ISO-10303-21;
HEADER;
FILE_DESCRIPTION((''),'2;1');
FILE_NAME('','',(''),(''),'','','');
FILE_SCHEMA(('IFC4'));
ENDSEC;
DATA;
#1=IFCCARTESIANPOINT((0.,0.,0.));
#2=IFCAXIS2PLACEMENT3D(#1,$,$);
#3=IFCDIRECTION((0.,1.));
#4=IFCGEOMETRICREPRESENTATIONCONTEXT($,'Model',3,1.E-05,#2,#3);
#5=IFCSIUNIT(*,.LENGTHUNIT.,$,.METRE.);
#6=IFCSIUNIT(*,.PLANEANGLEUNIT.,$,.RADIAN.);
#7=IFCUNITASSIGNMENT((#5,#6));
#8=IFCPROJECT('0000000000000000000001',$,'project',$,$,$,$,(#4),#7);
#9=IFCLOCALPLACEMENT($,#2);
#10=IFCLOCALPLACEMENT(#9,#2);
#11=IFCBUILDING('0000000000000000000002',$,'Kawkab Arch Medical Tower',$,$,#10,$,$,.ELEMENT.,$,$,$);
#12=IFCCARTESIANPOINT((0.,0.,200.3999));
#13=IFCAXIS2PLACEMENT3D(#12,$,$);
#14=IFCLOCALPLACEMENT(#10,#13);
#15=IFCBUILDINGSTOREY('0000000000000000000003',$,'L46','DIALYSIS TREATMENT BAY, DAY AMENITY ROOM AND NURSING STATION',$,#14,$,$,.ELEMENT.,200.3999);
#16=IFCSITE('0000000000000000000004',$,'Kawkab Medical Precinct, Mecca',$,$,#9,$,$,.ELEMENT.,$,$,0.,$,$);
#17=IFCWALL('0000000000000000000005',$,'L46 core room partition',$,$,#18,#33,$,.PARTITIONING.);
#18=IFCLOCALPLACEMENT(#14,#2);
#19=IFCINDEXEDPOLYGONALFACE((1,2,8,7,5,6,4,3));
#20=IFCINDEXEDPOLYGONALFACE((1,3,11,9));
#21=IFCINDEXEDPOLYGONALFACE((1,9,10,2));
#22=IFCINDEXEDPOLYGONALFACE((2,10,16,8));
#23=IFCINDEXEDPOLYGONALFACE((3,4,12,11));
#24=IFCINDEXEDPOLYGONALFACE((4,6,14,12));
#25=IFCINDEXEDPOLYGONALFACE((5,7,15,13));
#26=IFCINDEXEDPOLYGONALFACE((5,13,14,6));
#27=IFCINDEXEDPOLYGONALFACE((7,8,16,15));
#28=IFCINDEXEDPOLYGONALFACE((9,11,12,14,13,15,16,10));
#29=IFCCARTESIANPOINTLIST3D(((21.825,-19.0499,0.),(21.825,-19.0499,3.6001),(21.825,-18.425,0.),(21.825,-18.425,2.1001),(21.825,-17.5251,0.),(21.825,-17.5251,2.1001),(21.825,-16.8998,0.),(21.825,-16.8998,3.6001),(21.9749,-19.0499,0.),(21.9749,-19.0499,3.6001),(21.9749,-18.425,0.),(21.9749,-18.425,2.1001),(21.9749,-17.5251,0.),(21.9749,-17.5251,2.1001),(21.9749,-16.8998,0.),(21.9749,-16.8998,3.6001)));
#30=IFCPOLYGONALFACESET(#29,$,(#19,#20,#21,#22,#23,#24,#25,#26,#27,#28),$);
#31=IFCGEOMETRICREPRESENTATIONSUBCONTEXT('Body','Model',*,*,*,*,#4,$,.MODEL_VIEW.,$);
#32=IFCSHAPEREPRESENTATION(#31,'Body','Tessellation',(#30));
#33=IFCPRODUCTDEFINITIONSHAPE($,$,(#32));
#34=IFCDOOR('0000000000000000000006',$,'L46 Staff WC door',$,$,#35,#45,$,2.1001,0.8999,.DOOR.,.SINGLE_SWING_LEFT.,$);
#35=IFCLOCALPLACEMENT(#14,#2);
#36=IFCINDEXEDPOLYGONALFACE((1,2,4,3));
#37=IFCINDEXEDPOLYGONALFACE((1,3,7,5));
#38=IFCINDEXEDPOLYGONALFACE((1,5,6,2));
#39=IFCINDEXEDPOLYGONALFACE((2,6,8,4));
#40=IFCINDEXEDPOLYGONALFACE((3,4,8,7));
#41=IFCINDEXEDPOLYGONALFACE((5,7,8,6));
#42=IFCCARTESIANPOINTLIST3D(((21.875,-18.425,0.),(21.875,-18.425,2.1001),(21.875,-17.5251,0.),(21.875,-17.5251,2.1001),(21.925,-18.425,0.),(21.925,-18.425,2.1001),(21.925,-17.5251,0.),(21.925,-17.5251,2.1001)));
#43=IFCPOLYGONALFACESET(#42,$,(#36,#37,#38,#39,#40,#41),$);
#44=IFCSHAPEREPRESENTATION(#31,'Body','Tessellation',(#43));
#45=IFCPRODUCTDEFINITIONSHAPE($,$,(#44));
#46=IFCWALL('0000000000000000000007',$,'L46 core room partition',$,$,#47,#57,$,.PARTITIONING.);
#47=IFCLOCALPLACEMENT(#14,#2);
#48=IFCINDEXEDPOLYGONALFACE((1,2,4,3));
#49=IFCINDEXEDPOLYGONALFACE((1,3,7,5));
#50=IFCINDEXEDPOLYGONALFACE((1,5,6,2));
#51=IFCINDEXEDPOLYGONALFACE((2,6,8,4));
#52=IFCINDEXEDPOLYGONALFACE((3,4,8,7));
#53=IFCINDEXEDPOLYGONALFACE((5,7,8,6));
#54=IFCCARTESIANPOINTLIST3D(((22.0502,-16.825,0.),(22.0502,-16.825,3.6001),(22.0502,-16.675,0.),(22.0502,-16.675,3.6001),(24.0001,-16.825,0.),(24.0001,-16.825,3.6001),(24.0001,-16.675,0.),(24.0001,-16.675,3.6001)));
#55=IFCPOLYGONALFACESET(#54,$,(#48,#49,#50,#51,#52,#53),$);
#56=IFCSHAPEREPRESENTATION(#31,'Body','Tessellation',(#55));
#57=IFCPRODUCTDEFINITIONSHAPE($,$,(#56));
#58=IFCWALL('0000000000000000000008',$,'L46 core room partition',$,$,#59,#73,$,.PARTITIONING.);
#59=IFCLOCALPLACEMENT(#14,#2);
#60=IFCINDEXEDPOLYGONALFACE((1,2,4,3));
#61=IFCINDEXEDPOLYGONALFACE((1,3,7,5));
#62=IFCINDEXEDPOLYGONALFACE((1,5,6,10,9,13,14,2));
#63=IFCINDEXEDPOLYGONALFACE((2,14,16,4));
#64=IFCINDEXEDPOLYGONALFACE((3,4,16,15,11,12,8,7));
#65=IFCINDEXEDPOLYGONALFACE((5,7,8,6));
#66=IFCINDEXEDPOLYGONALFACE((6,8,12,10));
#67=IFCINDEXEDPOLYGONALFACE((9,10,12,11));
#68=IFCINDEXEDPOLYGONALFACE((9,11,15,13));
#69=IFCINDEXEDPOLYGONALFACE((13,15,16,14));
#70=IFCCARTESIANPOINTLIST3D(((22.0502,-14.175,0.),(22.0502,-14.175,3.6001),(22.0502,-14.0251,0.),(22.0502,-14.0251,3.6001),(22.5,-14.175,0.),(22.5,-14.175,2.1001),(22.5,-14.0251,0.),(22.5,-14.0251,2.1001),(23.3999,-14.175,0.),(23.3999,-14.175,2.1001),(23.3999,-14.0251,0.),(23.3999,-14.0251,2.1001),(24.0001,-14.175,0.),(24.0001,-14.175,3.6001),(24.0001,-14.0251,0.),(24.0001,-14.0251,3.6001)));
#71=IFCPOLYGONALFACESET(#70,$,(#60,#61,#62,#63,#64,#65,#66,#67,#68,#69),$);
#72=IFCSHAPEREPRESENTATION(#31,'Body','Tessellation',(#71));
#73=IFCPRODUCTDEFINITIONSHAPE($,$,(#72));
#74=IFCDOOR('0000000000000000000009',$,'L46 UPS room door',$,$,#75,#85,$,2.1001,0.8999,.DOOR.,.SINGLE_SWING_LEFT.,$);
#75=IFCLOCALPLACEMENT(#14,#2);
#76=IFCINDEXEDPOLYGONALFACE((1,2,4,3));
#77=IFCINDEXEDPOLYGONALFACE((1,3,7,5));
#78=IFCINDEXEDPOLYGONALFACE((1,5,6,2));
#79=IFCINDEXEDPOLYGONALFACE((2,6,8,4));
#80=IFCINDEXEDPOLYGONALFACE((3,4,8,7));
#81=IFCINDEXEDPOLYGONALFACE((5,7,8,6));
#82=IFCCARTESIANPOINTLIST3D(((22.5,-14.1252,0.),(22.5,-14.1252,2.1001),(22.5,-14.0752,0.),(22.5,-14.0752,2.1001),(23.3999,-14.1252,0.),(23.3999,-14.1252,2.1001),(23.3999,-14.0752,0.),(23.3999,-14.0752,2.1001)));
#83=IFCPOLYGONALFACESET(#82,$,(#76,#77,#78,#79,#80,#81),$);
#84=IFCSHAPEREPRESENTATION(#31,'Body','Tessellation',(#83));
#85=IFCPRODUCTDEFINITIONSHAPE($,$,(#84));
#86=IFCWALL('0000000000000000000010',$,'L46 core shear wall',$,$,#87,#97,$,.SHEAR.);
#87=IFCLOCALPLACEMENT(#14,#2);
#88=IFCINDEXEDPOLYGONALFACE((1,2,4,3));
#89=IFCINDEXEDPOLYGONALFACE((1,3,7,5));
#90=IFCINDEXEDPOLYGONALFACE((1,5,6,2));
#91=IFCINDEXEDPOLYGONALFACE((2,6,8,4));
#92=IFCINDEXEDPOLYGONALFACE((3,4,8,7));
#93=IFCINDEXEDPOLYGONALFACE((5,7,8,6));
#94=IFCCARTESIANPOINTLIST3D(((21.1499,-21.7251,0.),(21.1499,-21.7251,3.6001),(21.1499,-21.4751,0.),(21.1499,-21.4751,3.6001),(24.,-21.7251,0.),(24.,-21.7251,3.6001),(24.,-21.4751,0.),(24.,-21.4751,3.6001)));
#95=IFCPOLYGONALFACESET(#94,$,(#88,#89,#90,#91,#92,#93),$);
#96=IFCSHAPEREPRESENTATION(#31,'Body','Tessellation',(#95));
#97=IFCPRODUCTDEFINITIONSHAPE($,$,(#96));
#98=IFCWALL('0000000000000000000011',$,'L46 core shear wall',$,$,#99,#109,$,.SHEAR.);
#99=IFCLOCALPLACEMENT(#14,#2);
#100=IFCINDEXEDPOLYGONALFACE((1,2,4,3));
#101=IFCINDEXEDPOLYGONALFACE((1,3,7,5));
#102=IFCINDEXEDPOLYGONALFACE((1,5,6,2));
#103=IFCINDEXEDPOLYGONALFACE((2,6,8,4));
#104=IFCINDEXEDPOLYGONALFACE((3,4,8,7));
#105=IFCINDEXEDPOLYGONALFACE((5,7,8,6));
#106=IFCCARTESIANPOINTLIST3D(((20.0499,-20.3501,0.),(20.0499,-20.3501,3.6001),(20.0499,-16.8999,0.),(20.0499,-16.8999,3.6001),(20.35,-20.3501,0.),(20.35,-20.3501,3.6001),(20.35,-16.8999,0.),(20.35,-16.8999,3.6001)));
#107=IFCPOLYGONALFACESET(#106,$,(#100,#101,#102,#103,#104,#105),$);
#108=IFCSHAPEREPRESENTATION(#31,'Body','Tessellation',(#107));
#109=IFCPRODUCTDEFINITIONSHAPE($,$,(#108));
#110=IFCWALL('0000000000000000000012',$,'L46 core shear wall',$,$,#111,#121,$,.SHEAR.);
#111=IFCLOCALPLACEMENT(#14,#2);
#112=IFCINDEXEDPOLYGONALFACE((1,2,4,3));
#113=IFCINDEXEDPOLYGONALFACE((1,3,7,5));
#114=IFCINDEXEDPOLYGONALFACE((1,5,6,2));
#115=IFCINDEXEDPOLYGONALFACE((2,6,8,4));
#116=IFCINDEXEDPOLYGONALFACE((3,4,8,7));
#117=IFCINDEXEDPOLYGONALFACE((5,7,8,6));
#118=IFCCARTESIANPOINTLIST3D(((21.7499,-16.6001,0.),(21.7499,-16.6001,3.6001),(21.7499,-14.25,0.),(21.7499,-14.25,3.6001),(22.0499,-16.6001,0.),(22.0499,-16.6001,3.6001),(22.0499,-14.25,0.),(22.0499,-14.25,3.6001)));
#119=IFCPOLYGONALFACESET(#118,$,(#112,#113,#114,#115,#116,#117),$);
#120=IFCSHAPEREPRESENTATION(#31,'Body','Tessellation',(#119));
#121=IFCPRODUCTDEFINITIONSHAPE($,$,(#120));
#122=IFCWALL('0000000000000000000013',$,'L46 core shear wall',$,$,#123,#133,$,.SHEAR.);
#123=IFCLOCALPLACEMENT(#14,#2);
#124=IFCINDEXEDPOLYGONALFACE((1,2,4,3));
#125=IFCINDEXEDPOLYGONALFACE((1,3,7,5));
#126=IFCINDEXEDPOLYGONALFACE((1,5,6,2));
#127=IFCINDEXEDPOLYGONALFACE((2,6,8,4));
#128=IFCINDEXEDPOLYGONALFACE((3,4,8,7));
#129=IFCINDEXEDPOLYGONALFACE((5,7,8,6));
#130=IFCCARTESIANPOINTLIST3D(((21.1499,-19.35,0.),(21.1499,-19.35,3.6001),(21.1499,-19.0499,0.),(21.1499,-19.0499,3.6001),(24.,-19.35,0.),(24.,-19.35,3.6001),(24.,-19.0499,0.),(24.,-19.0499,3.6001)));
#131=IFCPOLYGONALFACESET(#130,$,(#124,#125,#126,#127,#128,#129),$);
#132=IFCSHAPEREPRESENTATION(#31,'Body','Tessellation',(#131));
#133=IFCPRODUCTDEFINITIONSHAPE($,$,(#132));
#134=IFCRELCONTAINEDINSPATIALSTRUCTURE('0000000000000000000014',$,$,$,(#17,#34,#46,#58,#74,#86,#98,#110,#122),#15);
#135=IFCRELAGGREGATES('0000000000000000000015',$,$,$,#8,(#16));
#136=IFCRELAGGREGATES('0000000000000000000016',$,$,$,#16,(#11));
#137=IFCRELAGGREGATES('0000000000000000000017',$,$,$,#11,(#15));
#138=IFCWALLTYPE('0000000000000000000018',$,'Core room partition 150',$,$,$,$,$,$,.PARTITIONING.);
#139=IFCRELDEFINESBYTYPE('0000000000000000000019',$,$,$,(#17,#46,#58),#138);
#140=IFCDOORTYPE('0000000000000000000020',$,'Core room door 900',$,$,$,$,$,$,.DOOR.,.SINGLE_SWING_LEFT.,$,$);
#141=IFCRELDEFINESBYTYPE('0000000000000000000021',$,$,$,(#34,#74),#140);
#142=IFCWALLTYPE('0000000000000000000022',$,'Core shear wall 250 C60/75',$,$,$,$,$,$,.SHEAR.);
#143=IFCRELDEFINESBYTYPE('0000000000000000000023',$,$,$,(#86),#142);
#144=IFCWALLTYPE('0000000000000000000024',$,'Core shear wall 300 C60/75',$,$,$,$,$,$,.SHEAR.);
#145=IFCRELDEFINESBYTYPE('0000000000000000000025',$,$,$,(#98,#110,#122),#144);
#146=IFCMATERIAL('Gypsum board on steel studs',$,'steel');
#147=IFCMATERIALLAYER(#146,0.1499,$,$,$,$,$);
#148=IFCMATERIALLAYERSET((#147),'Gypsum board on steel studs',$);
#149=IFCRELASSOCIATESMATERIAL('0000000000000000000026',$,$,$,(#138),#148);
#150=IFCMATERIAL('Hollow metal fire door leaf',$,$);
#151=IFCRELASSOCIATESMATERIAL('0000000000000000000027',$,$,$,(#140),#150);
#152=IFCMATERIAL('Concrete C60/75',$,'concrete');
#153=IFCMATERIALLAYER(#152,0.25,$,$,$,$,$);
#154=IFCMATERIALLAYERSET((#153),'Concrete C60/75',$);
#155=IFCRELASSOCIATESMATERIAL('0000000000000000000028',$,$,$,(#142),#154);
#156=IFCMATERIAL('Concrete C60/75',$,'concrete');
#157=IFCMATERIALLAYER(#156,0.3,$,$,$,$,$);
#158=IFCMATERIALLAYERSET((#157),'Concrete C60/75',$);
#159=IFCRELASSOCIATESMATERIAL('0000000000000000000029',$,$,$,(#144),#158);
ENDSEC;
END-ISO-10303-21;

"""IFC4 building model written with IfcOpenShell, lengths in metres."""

from ifc_helpers import new_model, si_unit, direction, frame, frame_2d, origin, place, context, subcontext, project, spatial, rectangle, extrude, material, layer, layer_set, type_object, element, fill, save


model = new_model("IFC4")

# Units and contexts
model_context = context("Model", 3, precision=1e-05, world=origin(), true_north=direction((0.0, 1.0)))
body_context = subcontext(model_context, "Body", "Model", "MODEL_VIEW")
ifc_project = project(units=[si_unit("LENGTHUNIT", "METRE"), si_unit("PLANEANGLEUNIT", "RADIAN")], contexts=[model_context])

# Site, building, storey
site_placement = place(None, origin())
site = spatial("IfcSite", under=ifc_project, at=site_placement, Name="Kawkab Medical Precinct, Mecca", CompositionType="ELEMENT", RefElevation=0.0)
building_placement = place(site_placement, origin())
building = spatial("IfcBuilding", under=site, at=building_placement, Name="Kawkab Arch Medical Tower", CompositionType="ELEMENT")
storey_placement = place(building_placement, frame((0.0, 0.0, 200.3999)))
storey = spatial("IfcBuildingStorey", under=building, at=storey_placement, Name="L46", Description="DIALYSIS TREATMENT BAY, DAY AMENITY ROOM AND NURSING STATION", CompositionType="ELEMENT", Elevation=200.3999)

# Wall, opening, door
ifc_material_1 = material(Name="Gypsum board on steel studs", Category="steel")
ifc_layer_1 = layer(ifc_material_1, 0.1499)
ifc_layer_set_1 = layer_set([ifc_layer_1], Name="Gypsum board on steel studs")
wall_type_1 = type_object("IfcWallType", Name="Core room partition 150", PredefinedType="PARTITIONING", material=ifc_layer_set_1)
wall_1_placement = place(storey_placement, frame((21.8999, -19.05, 0.0), z_axis=(0.0, 0.0, 1.0), x_axis=(0.0, 1.0, 0.0)))
wall_1 = element("IfcWall", 1, at=wall_1_placement, inside=storey, type_object=wall_type_1, Name="L46 core room partition", PredefinedType="PARTITIONING", context=body_context, shape_type="SweptSolid", body=[
    extrude(rectangle(XDim=2.1501, YDim=0.1499, at=frame_2d((1.0752, 0.0))), origin(), (0.0, 0.0, 1.0), 3.6001),
])
opening_1_placement = place(wall_1_placement, frame((0.625, 0.0, 0.0)))
opening_1 = element("IfcOpeningElement", 2, at=opening_1_placement, cuts=wall_1, PredefinedType="OPENING", context=body_context, shape_type="SweptSolid", body=[
    extrude(rectangle(XDim=0.8999, YDim=2.1001, at=frame_2d((0.45, 1.05))), frame((0.0, 0.085, 0.0), z_axis=(0.0, -1.0, 0.0), x_axis=(1.0, 0.0, 0.0)), (0.0, 0.0, 1.0), 0.1699),
])
ifc_material_2 = material(Name="Hollow metal fire door leaf")
door_type_1 = type_object("IfcDoorType", Name="Core room door 900", OperationType="SINGLE_SWING_LEFT", PredefinedType="DOOR", material=ifc_material_2)
door_1_placement = place(opening_1_placement, origin())
door_1 = element("IfcDoor", 3, at=door_1_placement, inside=storey, type_object=door_type_1, Name="L46 Staff WC door", OperationType="SINGLE_SWING_LEFT", OverallHeight=2.1001, OverallWidth=0.8999, PredefinedType="DOOR", context=body_context, shape_type="SweptSolid", body=[
    extrude(rectangle(XDim=0.8999, YDim=2.1001, at=frame_2d((0.45, 1.05))), frame((0.0, 0.0249, 0.0), z_axis=(0.0, -1.0, 0.0), x_axis=(1.0, 0.0, 0.0)), (0.0, 0.0, 1.0), 0.05),
])
fill(opening_1, door_1)

# Wall
wall_2_placement = place(storey_placement, frame((22.05, -16.75, 0.0), z_axis=(0.0, 0.0, 1.0), x_axis=(1.0, 0.0, 0.0)))
element("IfcWall", 4, at=wall_2_placement, inside=storey, type_object=wall_type_1, Name="L46 core room partition", PredefinedType="PARTITIONING", context=body_context, shape_type="SweptSolid", body=[
    extrude(rectangle(XDim=1.95, YDim=0.1499, at=frame_2d((0.9751, 0.0))), origin(), (0.0, 0.0, 1.0), 3.6001),
])

# Wall, opening, door
wall_3_placement = place(storey_placement, frame((22.05, -14.1001, 0.0), z_axis=(0.0, 0.0, 1.0), x_axis=(1.0, 0.0, 0.0)))
wall_3 = element("IfcWall", 5, at=wall_3_placement, inside=storey, type_object=wall_type_1, Name="L46 core room partition", PredefinedType="PARTITIONING", context=body_context, shape_type="SweptSolid", body=[
    extrude(rectangle(XDim=1.95, YDim=0.1499, at=frame_2d((0.9751, 0.0))), origin(), (0.0, 0.0, 1.0), 3.6001),
])
opening_2_placement = place(wall_3_placement, frame((0.45, 0.0, 0.0)))
opening_2 = element("IfcOpeningElement", 6, at=opening_2_placement, cuts=wall_3, PredefinedType="OPENING", context=body_context, shape_type="SweptSolid", body=[
    extrude(rectangle(XDim=0.8999, YDim=2.1001, at=frame_2d((0.45, 1.05))), frame((0.0, 0.085, 0.0), z_axis=(0.0, -1.0, 0.0), x_axis=(1.0, 0.0, 0.0)), (0.0, 0.0, 1.0), 0.1699),
])
door_2_placement = place(opening_2_placement, origin())
door_2 = element("IfcDoor", 7, at=door_2_placement, inside=storey, type_object=door_type_1, Name="L46 UPS room door", OperationType="SINGLE_SWING_LEFT", OverallHeight=2.1001, OverallWidth=0.8999, PredefinedType="DOOR", context=body_context, shape_type="SweptSolid", body=[
    extrude(rectangle(XDim=0.8999, YDim=2.1001, at=frame_2d((0.45, 1.05))), frame((0.0, 0.0249, 0.0), z_axis=(0.0, -1.0, 0.0), x_axis=(1.0, 0.0, 0.0)), (0.0, 0.0, 1.0), 0.05),
])
fill(opening_2, door_2)

# Walls
ifc_material_3 = material(Name="Concrete C60/75", Category="concrete")
ifc_layer_2 = layer(ifc_material_3, 0.25)
ifc_layer_set_2 = layer_set([ifc_layer_2], Name="Concrete C60/75")
wall_type_2 = type_object("IfcWallType", Name="Core shear wall 250 C60/75", PredefinedType="SHEAR", material=ifc_layer_set_2)
wall_4_placement = place(storey_placement, frame((21.1499, -21.6001, 0.0), z_axis=(0.0, 0.0, 1.0), x_axis=(1.0, 0.0, 0.0)))
element("IfcWall", 8, at=wall_4_placement, inside=storey, type_object=wall_type_2, Name="L46 core shear wall", PredefinedType="SHEAR", context=body_context, shape_type="SweptSolid", body=[
    extrude(rectangle(XDim=2.8501, YDim=0.25, at=frame_2d((1.425, 0.0))), origin(), (0.0, 0.0, 1.0), 3.6001),
])
ifc_material_4 = material(Name="Concrete C60/75", Category="concrete")
ifc_layer_3 = layer(ifc_material_4, 0.3)
ifc_layer_set_3 = layer_set([ifc_layer_3], Name="Concrete C60/75")
wall_type_3 = type_object("IfcWallType", Name="Core shear wall 300 C60/75", PredefinedType="SHEAR", material=ifc_layer_set_3)
wall_5_placement = place(storey_placement, frame((20.2, -20.3501, 0.0), z_axis=(0.0, 0.0, 1.0), x_axis=(0.0, 1.0, 0.0)))
element("IfcWall", 9, at=wall_5_placement, inside=storey, type_object=wall_type_3, Name="L46 core shear wall", PredefinedType="SHEAR", context=body_context, shape_type="SweptSolid", body=[
    extrude(rectangle(XDim=3.4502, YDim=0.3, at=frame_2d((1.7251, 0.0))), origin(), (0.0, 0.0, 1.0), 3.6001),
])
wall_6_placement = place(storey_placement, frame((21.8999, -16.6001, 0.0), z_axis=(0.0, 0.0, 1.0), x_axis=(0.0, 1.0, 0.0)))
element("IfcWall", 10, at=wall_6_placement, inside=storey, type_object=wall_type_3, Name="L46 core shear wall", PredefinedType="SHEAR", context=body_context, shape_type="SweptSolid", body=[
    extrude(rectangle(XDim=2.3501, YDim=0.3, at=frame_2d((1.175, 0.0))), origin(), (0.0, 0.0, 1.0), 3.6001),
])
wall_7_placement = place(storey_placement, frame((21.1499, -19.2, 0.0), z_axis=(0.0, 0.0, 1.0), x_axis=(1.0, 0.0, 0.0)))
element("IfcWall", 11, at=wall_7_placement, inside=storey, type_object=wall_type_3, Name="L46 core shear wall", PredefinedType="SHEAR", context=body_context, shape_type="SweptSolid", body=[
    extrude(rectangle(XDim=2.8501, YDim=0.3, at=frame_2d((1.425, 0.0))), origin(), (0.0, 0.0, 1.0), 3.6001),
])

save(model, "model.ifc")
